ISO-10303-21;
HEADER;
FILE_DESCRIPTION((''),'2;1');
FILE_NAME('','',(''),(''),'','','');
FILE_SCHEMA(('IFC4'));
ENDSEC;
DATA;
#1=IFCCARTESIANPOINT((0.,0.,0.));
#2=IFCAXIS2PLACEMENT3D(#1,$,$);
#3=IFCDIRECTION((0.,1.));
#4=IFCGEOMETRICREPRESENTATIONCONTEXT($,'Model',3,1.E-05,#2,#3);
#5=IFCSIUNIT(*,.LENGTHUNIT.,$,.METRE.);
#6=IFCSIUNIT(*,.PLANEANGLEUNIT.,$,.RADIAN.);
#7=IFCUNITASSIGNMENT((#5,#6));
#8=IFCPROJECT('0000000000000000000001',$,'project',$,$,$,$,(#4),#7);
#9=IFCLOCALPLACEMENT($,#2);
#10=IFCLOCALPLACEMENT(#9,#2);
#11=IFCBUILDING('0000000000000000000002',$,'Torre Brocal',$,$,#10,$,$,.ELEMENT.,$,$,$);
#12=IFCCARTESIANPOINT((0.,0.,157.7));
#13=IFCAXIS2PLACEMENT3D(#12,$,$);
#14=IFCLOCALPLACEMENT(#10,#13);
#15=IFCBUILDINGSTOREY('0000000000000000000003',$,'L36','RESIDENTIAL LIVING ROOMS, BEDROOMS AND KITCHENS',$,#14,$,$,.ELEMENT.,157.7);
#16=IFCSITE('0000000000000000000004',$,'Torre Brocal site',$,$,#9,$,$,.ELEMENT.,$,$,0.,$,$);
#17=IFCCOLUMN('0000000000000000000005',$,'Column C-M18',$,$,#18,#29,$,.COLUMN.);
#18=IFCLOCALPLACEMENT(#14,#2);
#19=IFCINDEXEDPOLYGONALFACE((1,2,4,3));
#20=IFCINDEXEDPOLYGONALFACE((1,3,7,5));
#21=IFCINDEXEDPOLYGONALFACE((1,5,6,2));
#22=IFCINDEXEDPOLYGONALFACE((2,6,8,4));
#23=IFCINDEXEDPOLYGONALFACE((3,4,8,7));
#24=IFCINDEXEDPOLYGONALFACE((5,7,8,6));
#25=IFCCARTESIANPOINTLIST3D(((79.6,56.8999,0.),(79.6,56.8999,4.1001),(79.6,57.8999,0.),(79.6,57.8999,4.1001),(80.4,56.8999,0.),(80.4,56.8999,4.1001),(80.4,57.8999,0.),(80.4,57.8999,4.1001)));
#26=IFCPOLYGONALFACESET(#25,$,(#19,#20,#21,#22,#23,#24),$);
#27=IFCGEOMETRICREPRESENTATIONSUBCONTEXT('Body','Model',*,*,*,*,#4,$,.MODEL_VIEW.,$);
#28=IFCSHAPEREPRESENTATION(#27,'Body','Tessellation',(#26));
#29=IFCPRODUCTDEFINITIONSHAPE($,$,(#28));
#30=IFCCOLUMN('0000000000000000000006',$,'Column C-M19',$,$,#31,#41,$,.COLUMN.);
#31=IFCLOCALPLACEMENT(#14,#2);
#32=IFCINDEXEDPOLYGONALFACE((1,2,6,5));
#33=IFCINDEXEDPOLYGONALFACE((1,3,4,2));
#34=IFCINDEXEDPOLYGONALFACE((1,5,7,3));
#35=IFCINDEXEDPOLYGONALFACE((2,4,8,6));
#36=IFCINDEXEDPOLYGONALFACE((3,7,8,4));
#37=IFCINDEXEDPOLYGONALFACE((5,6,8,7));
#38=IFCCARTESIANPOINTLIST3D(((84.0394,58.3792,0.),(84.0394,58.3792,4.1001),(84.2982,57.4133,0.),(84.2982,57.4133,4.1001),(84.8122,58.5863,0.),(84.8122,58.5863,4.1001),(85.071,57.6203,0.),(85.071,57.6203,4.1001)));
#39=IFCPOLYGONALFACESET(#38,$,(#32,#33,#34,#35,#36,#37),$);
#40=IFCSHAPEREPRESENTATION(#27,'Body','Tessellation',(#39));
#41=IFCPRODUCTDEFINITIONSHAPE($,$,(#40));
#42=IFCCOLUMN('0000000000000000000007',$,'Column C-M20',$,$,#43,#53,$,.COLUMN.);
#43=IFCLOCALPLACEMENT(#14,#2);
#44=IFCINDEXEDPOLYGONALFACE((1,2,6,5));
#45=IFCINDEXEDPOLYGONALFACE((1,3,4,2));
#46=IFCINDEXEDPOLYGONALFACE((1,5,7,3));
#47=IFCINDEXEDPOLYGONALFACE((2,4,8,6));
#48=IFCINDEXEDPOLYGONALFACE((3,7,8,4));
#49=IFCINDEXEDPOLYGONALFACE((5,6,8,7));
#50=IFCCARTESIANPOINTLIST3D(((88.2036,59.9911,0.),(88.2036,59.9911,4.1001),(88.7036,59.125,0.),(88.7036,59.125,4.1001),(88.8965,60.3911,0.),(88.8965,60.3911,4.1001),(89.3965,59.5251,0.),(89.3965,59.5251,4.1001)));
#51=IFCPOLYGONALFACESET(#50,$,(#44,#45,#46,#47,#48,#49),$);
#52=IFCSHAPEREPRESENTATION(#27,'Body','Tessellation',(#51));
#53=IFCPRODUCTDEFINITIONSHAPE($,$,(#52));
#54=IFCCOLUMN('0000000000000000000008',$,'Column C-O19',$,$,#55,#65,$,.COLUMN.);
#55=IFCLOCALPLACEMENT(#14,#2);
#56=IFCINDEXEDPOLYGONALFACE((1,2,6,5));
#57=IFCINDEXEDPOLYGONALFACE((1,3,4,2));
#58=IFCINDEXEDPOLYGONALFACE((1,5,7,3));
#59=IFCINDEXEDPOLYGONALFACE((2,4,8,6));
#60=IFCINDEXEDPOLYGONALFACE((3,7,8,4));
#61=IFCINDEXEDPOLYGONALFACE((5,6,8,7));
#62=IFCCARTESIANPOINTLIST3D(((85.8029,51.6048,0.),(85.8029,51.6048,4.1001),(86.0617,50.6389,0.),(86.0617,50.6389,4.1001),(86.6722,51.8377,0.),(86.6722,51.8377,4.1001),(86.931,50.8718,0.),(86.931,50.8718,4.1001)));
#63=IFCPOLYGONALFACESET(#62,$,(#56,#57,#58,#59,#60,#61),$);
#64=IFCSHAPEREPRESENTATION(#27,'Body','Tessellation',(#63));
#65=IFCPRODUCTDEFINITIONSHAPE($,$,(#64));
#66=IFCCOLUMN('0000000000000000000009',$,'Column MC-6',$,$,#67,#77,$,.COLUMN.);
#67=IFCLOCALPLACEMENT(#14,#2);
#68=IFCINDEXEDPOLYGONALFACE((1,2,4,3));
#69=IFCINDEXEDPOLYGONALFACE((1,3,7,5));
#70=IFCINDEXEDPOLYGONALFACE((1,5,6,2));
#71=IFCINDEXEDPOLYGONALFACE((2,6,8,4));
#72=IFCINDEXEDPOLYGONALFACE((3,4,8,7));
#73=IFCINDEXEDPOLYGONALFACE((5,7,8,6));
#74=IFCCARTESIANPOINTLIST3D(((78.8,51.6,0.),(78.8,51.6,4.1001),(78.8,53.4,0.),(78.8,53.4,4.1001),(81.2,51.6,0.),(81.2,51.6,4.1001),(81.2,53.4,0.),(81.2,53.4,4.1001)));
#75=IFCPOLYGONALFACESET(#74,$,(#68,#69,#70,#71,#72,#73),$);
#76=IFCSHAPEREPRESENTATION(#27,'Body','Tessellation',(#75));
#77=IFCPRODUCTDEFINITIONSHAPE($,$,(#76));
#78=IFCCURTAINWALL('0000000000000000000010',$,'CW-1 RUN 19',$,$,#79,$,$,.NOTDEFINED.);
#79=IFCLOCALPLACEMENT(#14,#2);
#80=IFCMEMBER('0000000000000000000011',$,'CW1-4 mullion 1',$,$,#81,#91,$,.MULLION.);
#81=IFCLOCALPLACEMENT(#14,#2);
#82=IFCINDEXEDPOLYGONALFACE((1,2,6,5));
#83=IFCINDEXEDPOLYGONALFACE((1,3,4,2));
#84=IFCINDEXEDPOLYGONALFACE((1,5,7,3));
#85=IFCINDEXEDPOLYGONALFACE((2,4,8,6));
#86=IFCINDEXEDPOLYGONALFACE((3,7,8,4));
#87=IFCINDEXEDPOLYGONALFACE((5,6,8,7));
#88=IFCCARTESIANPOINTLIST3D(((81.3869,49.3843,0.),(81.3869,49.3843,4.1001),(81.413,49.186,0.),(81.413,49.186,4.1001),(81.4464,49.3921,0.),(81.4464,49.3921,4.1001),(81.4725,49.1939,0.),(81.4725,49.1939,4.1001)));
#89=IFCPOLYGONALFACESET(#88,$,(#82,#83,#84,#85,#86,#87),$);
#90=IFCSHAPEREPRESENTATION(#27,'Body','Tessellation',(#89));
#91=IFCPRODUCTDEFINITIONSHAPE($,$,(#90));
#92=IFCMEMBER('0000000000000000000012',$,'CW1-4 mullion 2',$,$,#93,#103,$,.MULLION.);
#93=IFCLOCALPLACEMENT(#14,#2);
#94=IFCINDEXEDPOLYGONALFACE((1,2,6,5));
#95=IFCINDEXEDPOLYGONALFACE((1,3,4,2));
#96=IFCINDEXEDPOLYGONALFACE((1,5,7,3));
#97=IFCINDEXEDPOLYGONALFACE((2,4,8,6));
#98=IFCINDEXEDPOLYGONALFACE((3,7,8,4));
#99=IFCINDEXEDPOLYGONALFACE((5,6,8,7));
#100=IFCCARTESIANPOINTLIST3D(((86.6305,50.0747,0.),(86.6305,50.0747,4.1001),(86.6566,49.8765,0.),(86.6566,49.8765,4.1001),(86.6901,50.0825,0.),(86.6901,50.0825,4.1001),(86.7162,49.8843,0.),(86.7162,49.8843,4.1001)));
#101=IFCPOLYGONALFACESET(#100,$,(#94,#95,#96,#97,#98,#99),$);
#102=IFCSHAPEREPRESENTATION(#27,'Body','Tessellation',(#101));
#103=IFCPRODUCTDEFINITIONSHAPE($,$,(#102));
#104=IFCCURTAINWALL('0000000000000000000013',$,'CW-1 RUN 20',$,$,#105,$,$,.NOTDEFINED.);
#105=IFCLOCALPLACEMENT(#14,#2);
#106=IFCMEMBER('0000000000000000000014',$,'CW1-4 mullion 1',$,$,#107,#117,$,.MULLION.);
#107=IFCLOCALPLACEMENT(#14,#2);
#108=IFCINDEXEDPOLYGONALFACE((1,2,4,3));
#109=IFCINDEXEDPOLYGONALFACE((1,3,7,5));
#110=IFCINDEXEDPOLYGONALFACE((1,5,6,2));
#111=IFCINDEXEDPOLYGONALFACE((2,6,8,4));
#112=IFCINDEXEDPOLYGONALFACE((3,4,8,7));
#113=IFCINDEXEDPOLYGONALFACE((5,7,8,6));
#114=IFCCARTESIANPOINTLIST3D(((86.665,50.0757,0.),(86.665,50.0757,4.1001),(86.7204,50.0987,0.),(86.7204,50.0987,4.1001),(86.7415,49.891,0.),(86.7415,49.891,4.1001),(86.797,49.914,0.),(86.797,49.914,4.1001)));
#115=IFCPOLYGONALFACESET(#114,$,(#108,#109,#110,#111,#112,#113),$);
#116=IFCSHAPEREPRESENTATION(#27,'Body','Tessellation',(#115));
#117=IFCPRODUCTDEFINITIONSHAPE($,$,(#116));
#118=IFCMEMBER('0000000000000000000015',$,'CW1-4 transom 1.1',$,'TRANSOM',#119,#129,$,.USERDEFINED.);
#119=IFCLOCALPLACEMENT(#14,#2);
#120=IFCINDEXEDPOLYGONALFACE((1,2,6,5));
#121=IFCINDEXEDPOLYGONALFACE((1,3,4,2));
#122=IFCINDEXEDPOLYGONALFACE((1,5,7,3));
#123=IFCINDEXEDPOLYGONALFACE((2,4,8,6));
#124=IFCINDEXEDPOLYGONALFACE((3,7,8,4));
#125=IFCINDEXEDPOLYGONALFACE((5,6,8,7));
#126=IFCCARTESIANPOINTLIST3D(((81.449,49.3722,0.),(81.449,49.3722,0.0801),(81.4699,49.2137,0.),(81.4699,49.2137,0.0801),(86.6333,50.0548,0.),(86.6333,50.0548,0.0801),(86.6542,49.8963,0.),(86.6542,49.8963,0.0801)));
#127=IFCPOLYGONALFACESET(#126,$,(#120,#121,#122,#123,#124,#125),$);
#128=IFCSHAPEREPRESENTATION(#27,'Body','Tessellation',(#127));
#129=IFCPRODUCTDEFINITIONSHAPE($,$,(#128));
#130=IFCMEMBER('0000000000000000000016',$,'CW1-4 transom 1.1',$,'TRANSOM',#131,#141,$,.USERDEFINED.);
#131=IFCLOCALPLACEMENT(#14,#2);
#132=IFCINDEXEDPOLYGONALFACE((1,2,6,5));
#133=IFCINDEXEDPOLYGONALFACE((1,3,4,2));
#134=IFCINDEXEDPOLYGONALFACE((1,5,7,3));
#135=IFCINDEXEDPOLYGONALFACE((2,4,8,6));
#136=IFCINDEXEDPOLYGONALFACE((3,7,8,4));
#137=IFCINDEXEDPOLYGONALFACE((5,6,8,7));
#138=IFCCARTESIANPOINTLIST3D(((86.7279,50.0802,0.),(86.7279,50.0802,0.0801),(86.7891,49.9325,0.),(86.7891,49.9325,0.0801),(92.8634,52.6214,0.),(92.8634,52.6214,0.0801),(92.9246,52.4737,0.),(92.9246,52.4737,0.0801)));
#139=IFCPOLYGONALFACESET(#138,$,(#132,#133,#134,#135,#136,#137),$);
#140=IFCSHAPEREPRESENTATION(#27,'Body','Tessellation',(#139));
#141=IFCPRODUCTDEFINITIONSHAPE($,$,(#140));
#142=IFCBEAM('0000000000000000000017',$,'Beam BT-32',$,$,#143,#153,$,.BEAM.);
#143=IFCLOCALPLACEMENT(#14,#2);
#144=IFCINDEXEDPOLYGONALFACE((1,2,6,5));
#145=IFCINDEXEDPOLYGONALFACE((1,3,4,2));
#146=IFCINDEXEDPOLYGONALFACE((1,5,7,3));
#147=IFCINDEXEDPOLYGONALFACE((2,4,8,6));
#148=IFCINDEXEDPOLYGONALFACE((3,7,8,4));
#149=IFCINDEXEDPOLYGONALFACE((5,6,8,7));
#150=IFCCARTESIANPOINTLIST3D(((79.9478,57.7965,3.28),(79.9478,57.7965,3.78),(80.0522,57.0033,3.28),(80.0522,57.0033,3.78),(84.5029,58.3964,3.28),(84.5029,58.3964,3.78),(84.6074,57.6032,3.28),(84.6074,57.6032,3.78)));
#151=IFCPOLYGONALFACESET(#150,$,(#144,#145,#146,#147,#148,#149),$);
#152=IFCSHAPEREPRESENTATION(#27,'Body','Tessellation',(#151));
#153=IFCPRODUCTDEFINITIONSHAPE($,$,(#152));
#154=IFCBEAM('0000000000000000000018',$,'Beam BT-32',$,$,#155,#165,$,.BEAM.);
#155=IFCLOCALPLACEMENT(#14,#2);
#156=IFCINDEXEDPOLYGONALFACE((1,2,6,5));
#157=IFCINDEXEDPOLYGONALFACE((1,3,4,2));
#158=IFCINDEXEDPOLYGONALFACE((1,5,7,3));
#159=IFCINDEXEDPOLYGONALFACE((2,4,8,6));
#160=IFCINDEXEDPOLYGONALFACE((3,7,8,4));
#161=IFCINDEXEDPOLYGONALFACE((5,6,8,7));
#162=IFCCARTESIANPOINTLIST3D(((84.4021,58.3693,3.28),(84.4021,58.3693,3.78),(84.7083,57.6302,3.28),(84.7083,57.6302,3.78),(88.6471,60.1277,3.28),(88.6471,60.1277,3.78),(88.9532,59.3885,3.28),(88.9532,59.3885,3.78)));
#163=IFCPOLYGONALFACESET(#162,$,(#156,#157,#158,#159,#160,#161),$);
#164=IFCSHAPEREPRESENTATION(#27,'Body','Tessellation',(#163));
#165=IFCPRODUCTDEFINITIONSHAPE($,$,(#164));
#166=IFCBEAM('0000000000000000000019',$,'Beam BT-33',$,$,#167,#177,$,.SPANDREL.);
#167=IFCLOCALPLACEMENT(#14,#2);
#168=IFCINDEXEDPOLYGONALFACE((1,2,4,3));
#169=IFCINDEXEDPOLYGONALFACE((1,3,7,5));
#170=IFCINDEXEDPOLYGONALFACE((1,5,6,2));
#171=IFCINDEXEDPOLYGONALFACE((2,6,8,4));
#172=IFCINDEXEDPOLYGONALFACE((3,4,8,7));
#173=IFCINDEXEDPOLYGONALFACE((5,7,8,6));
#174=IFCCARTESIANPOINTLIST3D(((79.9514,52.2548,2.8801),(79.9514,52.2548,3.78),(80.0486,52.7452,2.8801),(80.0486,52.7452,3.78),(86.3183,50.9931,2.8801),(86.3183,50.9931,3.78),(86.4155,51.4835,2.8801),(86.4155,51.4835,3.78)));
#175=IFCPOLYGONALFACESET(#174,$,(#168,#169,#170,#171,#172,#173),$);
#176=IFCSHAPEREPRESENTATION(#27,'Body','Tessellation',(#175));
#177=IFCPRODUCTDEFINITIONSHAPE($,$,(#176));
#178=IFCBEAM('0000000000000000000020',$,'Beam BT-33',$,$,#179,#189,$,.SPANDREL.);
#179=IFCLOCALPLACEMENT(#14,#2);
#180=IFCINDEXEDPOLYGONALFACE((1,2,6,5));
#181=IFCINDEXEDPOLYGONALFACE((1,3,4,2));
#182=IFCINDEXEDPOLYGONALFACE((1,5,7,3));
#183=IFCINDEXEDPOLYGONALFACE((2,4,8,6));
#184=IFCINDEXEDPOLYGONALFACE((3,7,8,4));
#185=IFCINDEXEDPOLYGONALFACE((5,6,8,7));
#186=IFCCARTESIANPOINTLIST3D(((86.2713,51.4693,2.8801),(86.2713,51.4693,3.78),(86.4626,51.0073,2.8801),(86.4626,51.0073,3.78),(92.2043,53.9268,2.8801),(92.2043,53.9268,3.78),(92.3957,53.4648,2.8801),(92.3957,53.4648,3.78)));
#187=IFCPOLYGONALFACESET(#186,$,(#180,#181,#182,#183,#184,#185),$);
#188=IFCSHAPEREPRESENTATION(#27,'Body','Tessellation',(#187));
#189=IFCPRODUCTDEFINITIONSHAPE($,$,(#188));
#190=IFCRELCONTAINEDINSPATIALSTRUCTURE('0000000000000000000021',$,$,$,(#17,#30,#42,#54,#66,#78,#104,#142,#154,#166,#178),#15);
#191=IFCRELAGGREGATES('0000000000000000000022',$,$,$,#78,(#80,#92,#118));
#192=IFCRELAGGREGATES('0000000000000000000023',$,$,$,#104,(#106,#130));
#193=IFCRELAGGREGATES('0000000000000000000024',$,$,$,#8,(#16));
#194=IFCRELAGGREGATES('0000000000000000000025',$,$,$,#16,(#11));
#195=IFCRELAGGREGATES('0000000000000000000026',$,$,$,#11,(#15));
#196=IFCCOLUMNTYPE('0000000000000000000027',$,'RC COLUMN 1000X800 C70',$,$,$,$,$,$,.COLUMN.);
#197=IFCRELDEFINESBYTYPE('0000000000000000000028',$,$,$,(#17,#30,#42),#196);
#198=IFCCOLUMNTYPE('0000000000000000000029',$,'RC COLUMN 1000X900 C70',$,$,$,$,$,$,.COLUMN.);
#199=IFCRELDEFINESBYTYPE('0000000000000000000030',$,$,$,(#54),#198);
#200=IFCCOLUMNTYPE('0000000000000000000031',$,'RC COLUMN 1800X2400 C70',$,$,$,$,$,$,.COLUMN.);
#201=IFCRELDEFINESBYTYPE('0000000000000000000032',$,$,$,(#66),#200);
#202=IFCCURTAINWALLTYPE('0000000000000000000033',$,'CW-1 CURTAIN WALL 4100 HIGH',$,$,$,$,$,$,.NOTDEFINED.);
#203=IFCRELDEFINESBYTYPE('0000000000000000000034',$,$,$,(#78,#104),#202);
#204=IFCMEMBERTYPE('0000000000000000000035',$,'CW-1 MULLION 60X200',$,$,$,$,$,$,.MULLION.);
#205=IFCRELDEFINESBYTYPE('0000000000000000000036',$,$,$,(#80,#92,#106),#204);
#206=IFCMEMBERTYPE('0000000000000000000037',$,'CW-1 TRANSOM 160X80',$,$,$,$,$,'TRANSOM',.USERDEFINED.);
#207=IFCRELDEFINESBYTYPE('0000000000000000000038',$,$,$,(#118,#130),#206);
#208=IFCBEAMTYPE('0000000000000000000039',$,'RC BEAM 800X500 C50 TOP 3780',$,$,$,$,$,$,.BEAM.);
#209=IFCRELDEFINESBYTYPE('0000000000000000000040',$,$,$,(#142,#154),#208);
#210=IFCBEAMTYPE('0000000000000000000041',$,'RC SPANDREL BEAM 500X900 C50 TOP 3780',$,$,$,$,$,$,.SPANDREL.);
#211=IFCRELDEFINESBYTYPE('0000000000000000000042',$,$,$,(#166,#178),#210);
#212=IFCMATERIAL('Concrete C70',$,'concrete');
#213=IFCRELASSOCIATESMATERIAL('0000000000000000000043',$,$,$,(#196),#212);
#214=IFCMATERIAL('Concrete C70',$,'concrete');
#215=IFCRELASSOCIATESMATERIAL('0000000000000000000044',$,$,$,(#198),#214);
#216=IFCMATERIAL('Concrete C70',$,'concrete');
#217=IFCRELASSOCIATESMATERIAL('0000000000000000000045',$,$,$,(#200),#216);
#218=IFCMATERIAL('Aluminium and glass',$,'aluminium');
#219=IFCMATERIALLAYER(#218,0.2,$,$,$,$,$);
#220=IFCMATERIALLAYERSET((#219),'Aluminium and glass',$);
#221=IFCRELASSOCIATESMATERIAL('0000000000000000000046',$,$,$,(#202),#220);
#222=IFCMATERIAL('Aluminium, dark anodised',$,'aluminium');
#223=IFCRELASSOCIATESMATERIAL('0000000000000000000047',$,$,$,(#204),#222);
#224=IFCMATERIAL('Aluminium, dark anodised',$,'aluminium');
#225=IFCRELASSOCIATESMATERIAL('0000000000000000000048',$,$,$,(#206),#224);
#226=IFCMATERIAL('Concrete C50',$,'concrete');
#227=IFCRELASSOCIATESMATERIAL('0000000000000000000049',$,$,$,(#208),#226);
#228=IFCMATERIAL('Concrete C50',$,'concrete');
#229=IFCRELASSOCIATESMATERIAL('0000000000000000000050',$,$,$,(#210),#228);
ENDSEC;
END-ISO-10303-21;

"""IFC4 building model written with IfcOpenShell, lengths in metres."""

from ifc_helpers import new_model, si_unit, direction, frame, origin, origin_2d, place, context, subcontext, project, spatial, rectangle, extrude, material, layer, layer_set, material_profile, profile_set, type_object, element, aggregate, save


model = new_model("IFC4")

# Units and contexts
model_context = context("Model", 3, precision=1e-05, world=origin(), true_north=direction((0.0, 1.0)))
body_context = subcontext(model_context, "Body", "Model", "MODEL_VIEW")
ifc_project = project(units=[si_unit("LENGTHUNIT", "METRE"), si_unit("PLANEANGLEUNIT", "RADIAN")], contexts=[model_context])

# Site, building, storey
site_placement = place(None, origin())
site = spatial("IfcSite", under=ifc_project, at=site_placement, Name="Torre Brocal site", CompositionType="ELEMENT", RefElevation=0.0)
building_placement = place(site_placement, origin())
building = spatial("IfcBuilding", under=site, at=building_placement, Name="Torre Brocal", CompositionType="ELEMENT")
storey_placement = place(building_placement, frame((0.0, 0.0, 157.7)))
storey = spatial("IfcBuildingStorey", under=building, at=storey_placement, Name="L36", Description="RESIDENTIAL LIVING ROOMS, BEDROOMS AND KITCHENS", CompositionType="ELEMENT", Elevation=157.7)

# Columns
ifc_material_1 = material(Name="Concrete C70", Category="concrete")
ifc_material_profile_1 = material_profile(ifc_material_1, rectangle(XDim=1.0, YDim=0.8, at=origin_2d()), Name="RC 1000X800")
ifc_profile_set_1 = profile_set([ifc_material_profile_1], Name="Concrete C70")
column_type_1 = type_object("IfcColumnType", Name="RC COLUMN 1000X800 C70", PredefinedType="COLUMN", material=ifc_profile_set_1)
for number, where, z_axis, x_axis, name in (
    (1, (80.0, 57.3999, 0.0), (0.0, 0.0, 1.0), (0.0, -1.0, 0.0), "Column C-M18"),
    (2, (84.5552, 57.9998, 0.0), (0.0, 0.0, 1.0), (0.258819, -0.965926, 0.0), "Column C-M19"),
    (3, (88.8, 59.7581, 0.0), (0.0, 0.0, 1.0), (0.5, -0.866025, 0.0), "Column C-M20"),
):
    element("IfcColumn", number, at=place(storey_placement, frame(where, z_axis=z_axis, x_axis=x_axis)), inside=storey, type_object=column_type_1, Name=name, PredefinedType="COLUMN", context=body_context, shape_type="SweptSolid", body=[
        extrude(rectangle(XDim=1.0, YDim=0.8, at=origin_2d()), origin(), (0.0, 0.0, 1.0), 4.1001),
    ])
ifc_material_2 = material(Name="Concrete C70", Category="concrete")
ifc_material_profile_2 = material_profile(ifc_material_2, rectangle(XDim=1.0, YDim=0.8999, at=origin_2d()), Name="RC 1000X900")
ifc_profile_set_2 = profile_set([ifc_material_profile_2], Name="Concrete C70")
column_type_2 = type_object("IfcColumnType", Name="RC COLUMN 1000X900 C70", PredefinedType="COLUMN", material=ifc_profile_set_2)
column_1_placement = place(storey_placement, frame((86.3669, 51.2383, 0.0), z_axis=(0.0, 0.0, 1.0), x_axis=(0.258819, -0.965926, 0.0)))
element("IfcColumn", 4, at=column_1_placement, inside=storey, type_object=column_type_2, Name="Column C-O19", PredefinedType="COLUMN", context=body_context, shape_type="SweptSolid", body=[
    extrude(rectangle(XDim=1.0, YDim=0.8999, at=origin_2d()), origin(), (0.0, 0.0, 1.0), 4.1001),
])
ifc_material_3 = material(Name="Concrete C70", Category="concrete")
ifc_material_profile_3 = material_profile(ifc_material_3, rectangle(XDim=1.8, YDim=2.3999, at=origin_2d()), Name="RC 1800X2400")
ifc_profile_set_3 = profile_set([ifc_material_profile_3], Name="Concrete C70")
column_type_3 = type_object("IfcColumnType", Name="RC COLUMN 1800X2400 C70", PredefinedType="COLUMN", material=ifc_profile_set_3)
column_2_placement = place(storey_placement, frame((80.0, 52.5, 0.0), z_axis=(0.0, 0.0, 1.0), x_axis=(0.0, -1.0, 0.0)))
element("IfcColumn", 5, at=column_2_placement, inside=storey, type_object=column_type_3, Name="Column MC-6", PredefinedType="COLUMN", context=body_context, shape_type="SweptSolid", body=[
    extrude(rectangle(XDim=1.8, YDim=2.3999, at=origin_2d()), origin(), (0.0, 0.0, 1.0), 4.1001),
])

# Curtain wall, members
ifc_material_4 = material(Name="Aluminium and glass", Category="aluminium")
ifc_layer_1 = layer(ifc_material_4, 0.2)
ifc_layer_set_1 = layer_set([ifc_layer_1], Name="Aluminium and glass")
curtain_wall_type = type_object("IfcCurtainWallType", Name="CW-1 CURTAIN WALL 4100 HIGH", PredefinedType="NOTDEFINED", material=ifc_layer_set_1)
curtain_wall_1_placement = place(storey_placement, origin())
curtain_wall_1 = element("IfcCurtainWall", 6, at=curtain_wall_1_placement, inside=storey, type_object=curtain_wall_type, Name="CW-1 RUN 19", PredefinedType="NOTDEFINED")
ifc_material_5 = material(Name="Aluminium, dark anodised", Category="aluminium")
ifc_material_profile_4 = material_profile(ifc_material_5, rectangle(XDim=0.2, YDim=0.0601, at=origin_2d()), Name="CW-1 MULLION 60X200")
ifc_profile_set_4 = profile_set([ifc_material_profile_4], Name="Aluminium, dark anodised")
member_type_1 = type_object("IfcMemberType", Name="CW-1 MULLION 60X200", PredefinedType="MULLION", material=ifc_profile_set_4)
member_1_placement = place(storey_placement, frame((81.4297, 49.2891, 0.0), z_axis=(0.0, 0.0, 1.0), x_axis=(-0.130526, 0.991445, 0.0)))
member_1 = element("IfcMember", 7, at=member_1_placement, type_object=member_type_1, Name="CW1-4 mullion 1", PredefinedType="MULLION", context=body_context, shape_type="SweptSolid", body=[
    extrude(rectangle(XDim=0.2, YDim=0.0601, at=origin_2d()), origin(), (0.0, 0.0, 1.0), 4.1001),
])
member_2_placement = place(storey_placement, frame((86.6733, 49.9795, 0.0), z_axis=(0.0, 0.0, 1.0), x_axis=(-0.130526, 0.991445, 0.0)))
member_2 = element("IfcMember", 8, at=member_2_placement, type_object=member_type_1, Name="CW1-4 mullion 2", PredefinedType="MULLION", context=body_context, shape_type="SweptSolid", body=[
    extrude(rectangle(XDim=0.2, YDim=0.0601, at=origin_2d()), origin(), (0.0, 0.0, 1.0), 4.1001),
])

# Curtain wall, member
curtain_wall_2_placement = place(storey_placement, origin())
curtain_wall_2 = element("IfcCurtainWall", 9, at=curtain_wall_2_placement, inside=storey, type_object=curtain_wall_type, Name="CW-1 RUN 20", PredefinedType="NOTDEFINED")
member_3_placement = place(storey_placement, frame((86.731, 49.9949, 0.0), z_axis=(0.0, 0.0, 1.0), x_axis=(-0.382683, 0.92388, 0.0)))
member_3 = element("IfcMember", 10, at=member_3_placement, type_object=member_type_1, Name="CW1-4 mullion 1", PredefinedType="MULLION", context=body_context, shape_type="SweptSolid", body=[
    extrude(rectangle(XDim=0.2, YDim=0.0601, at=origin_2d()), origin(), (0.0, 0.0, 1.0), 4.1001),
])

# Members
ifc_material_6 = material(Name="Aluminium, dark anodised", Category="aluminium")
ifc_material_profile_5 = material_profile(ifc_material_6, rectangle(XDim=0.1599, YDim=0.0801, at=origin_2d()), Name="CW-1 TRANSOM 160X80")
ifc_profile_set_5 = profile_set([ifc_material_profile_5], Name="Aluminium, dark anodised")
member_type_2 = type_object("IfcMemberType", Name="CW-1 TRANSOM 160X80", ElementType="TRANSOM", PredefinedType="USERDEFINED", material=ifc_profile_set_5)
member_4_placement = place(storey_placement, frame((81.4595, 49.293, 0.04), z_axis=(0.991443, 0.130543, 0.0), x_axis=(-0.130543, 0.991443, 0.0)))
member_4 = element("IfcMember", 11, at=member_4_placement, type_object=member_type_2, Name="CW1-4 transom 1.1", ObjectType="TRANSOM", PredefinedType="USERDEFINED", context=body_context, shape_type="SweptSolid", body=[
    extrude(rectangle(XDim=0.1599, YDim=0.0801, at=origin_2d()), origin(), (0.0, 0.0, 1.0), 5.229),
])
member_5_placement = place(storey_placement, frame((86.7585, 50.0063, 0.04), z_axis=(0.923887, 0.382665, 0.0), x_axis=(-0.382665, 0.923887, 0.0)))
member_5 = element("IfcMember", 12, at=member_5_placement, type_object=member_type_2, Name="CW1-4 transom 1.1", ObjectType="TRANSOM", PredefinedType="USERDEFINED", context=body_context, shape_type="SweptSolid", body=[
    extrude(rectangle(XDim=0.1599, YDim=0.0801, at=origin_2d()), origin(), (0.0, 0.0, 1.0), 6.6409),
])

# Beams
ifc_material_7 = material(Name="Concrete C50", Category="concrete")
ifc_material_profile_6 = material_profile(ifc_material_7, rectangle(XDim=0.8, YDim=0.5, at=origin_2d()), Name="RC 800X500")
ifc_profile_set_6 = profile_set([ifc_material_profile_6], Name="Concrete C50")
beam_type_1 = type_object("IfcBeamType", Name="RC BEAM 800X500 C50 TOP 3780", PredefinedType="BEAM", material=ifc_profile_set_6)
beam_1_placement = place(storey_placement, frame((80.0, 57.3999, 3.53), z_axis=(0.991441, 0.130559, 0.0), x_axis=(-0.130559, 0.991441, 0.0)))
element("IfcBeam", 13, at=beam_1_placement, inside=storey, type_object=beam_type_1, Name="Beam BT-32", PredefinedType="BEAM", context=body_context, shape_type="SweptSolid", body=[
    extrude(rectangle(XDim=0.8, YDim=0.5, at=origin_2d()), origin(), (0.0, 0.0, 1.0), 4.5945),
])
beam_2_placement = place(storey_placement, frame((84.5552, 57.9998, 3.53), z_axis=(0.923878, 0.382687, 0.0), x_axis=(-0.382687, 0.923878, 0.0)))
element("IfcBeam", 14, at=beam_2_placement, inside=storey, type_object=beam_type_1, Name="Beam BT-32", PredefinedType="BEAM", context=body_context, shape_type="SweptSolid", body=[
    extrude(rectangle(XDim=0.8, YDim=0.5, at=origin_2d()), origin(), (0.0, 0.0, 1.0), 4.5947),
])
ifc_material_8 = material(Name="Concrete C50", Category="concrete")
ifc_material_profile_7 = material_profile(ifc_material_8, rectangle(XDim=0.5, YDim=0.8999, at=origin_2d()), Name="RC 500X900")
ifc_profile_set_7 = profile_set([ifc_material_profile_7], Name="Concrete C50")
beam_type_2 = type_object("IfcBeamType", Name="RC SPANDREL BEAM 500X900 C50 TOP 3780", PredefinedType="SPANDREL", material=ifc_profile_set_7)
beam_3_placement = place(storey_placement, frame((80.0, 52.5, 3.3301), z_axis=(0.980925, -0.194387, 0.0), x_axis=(0.194387, 0.980925, 0.0)))
element("IfcBeam", 15, at=beam_3_placement, inside=storey, type_object=beam_type_2, Name="Beam BT-33", PredefinedType="SPANDREL", context=body_context, shape_type="SweptSolid", body=[
    extrude(rectangle(XDim=0.5, YDim=0.8999, at=origin_2d()), origin(), (0.0, 0.0, 1.0), 6.4907),
])
beam_4_placement = place(storey_placement, frame((86.3669, 51.2383, 3.3301), z_axis=(0.923882, 0.382676, 0.0), x_axis=(-0.382676, 0.923882, 0.0)))
element("IfcBeam", 16, at=beam_4_placement, inside=storey, type_object=beam_type_2, Name="Beam BT-33", PredefinedType="SPANDREL", context=body_context, shape_type="SweptSolid", body=[
    extrude(rectangle(XDim=0.5, YDim=0.8999, at=origin_2d()), origin(), (0.0, 0.0, 1.0), 6.4219),
])

aggregate(curtain_wall_1, [member_1, member_2, member_4])
aggregate(curtain_wall_2, [member_3, member_5])

save(model, "model.ifc")
